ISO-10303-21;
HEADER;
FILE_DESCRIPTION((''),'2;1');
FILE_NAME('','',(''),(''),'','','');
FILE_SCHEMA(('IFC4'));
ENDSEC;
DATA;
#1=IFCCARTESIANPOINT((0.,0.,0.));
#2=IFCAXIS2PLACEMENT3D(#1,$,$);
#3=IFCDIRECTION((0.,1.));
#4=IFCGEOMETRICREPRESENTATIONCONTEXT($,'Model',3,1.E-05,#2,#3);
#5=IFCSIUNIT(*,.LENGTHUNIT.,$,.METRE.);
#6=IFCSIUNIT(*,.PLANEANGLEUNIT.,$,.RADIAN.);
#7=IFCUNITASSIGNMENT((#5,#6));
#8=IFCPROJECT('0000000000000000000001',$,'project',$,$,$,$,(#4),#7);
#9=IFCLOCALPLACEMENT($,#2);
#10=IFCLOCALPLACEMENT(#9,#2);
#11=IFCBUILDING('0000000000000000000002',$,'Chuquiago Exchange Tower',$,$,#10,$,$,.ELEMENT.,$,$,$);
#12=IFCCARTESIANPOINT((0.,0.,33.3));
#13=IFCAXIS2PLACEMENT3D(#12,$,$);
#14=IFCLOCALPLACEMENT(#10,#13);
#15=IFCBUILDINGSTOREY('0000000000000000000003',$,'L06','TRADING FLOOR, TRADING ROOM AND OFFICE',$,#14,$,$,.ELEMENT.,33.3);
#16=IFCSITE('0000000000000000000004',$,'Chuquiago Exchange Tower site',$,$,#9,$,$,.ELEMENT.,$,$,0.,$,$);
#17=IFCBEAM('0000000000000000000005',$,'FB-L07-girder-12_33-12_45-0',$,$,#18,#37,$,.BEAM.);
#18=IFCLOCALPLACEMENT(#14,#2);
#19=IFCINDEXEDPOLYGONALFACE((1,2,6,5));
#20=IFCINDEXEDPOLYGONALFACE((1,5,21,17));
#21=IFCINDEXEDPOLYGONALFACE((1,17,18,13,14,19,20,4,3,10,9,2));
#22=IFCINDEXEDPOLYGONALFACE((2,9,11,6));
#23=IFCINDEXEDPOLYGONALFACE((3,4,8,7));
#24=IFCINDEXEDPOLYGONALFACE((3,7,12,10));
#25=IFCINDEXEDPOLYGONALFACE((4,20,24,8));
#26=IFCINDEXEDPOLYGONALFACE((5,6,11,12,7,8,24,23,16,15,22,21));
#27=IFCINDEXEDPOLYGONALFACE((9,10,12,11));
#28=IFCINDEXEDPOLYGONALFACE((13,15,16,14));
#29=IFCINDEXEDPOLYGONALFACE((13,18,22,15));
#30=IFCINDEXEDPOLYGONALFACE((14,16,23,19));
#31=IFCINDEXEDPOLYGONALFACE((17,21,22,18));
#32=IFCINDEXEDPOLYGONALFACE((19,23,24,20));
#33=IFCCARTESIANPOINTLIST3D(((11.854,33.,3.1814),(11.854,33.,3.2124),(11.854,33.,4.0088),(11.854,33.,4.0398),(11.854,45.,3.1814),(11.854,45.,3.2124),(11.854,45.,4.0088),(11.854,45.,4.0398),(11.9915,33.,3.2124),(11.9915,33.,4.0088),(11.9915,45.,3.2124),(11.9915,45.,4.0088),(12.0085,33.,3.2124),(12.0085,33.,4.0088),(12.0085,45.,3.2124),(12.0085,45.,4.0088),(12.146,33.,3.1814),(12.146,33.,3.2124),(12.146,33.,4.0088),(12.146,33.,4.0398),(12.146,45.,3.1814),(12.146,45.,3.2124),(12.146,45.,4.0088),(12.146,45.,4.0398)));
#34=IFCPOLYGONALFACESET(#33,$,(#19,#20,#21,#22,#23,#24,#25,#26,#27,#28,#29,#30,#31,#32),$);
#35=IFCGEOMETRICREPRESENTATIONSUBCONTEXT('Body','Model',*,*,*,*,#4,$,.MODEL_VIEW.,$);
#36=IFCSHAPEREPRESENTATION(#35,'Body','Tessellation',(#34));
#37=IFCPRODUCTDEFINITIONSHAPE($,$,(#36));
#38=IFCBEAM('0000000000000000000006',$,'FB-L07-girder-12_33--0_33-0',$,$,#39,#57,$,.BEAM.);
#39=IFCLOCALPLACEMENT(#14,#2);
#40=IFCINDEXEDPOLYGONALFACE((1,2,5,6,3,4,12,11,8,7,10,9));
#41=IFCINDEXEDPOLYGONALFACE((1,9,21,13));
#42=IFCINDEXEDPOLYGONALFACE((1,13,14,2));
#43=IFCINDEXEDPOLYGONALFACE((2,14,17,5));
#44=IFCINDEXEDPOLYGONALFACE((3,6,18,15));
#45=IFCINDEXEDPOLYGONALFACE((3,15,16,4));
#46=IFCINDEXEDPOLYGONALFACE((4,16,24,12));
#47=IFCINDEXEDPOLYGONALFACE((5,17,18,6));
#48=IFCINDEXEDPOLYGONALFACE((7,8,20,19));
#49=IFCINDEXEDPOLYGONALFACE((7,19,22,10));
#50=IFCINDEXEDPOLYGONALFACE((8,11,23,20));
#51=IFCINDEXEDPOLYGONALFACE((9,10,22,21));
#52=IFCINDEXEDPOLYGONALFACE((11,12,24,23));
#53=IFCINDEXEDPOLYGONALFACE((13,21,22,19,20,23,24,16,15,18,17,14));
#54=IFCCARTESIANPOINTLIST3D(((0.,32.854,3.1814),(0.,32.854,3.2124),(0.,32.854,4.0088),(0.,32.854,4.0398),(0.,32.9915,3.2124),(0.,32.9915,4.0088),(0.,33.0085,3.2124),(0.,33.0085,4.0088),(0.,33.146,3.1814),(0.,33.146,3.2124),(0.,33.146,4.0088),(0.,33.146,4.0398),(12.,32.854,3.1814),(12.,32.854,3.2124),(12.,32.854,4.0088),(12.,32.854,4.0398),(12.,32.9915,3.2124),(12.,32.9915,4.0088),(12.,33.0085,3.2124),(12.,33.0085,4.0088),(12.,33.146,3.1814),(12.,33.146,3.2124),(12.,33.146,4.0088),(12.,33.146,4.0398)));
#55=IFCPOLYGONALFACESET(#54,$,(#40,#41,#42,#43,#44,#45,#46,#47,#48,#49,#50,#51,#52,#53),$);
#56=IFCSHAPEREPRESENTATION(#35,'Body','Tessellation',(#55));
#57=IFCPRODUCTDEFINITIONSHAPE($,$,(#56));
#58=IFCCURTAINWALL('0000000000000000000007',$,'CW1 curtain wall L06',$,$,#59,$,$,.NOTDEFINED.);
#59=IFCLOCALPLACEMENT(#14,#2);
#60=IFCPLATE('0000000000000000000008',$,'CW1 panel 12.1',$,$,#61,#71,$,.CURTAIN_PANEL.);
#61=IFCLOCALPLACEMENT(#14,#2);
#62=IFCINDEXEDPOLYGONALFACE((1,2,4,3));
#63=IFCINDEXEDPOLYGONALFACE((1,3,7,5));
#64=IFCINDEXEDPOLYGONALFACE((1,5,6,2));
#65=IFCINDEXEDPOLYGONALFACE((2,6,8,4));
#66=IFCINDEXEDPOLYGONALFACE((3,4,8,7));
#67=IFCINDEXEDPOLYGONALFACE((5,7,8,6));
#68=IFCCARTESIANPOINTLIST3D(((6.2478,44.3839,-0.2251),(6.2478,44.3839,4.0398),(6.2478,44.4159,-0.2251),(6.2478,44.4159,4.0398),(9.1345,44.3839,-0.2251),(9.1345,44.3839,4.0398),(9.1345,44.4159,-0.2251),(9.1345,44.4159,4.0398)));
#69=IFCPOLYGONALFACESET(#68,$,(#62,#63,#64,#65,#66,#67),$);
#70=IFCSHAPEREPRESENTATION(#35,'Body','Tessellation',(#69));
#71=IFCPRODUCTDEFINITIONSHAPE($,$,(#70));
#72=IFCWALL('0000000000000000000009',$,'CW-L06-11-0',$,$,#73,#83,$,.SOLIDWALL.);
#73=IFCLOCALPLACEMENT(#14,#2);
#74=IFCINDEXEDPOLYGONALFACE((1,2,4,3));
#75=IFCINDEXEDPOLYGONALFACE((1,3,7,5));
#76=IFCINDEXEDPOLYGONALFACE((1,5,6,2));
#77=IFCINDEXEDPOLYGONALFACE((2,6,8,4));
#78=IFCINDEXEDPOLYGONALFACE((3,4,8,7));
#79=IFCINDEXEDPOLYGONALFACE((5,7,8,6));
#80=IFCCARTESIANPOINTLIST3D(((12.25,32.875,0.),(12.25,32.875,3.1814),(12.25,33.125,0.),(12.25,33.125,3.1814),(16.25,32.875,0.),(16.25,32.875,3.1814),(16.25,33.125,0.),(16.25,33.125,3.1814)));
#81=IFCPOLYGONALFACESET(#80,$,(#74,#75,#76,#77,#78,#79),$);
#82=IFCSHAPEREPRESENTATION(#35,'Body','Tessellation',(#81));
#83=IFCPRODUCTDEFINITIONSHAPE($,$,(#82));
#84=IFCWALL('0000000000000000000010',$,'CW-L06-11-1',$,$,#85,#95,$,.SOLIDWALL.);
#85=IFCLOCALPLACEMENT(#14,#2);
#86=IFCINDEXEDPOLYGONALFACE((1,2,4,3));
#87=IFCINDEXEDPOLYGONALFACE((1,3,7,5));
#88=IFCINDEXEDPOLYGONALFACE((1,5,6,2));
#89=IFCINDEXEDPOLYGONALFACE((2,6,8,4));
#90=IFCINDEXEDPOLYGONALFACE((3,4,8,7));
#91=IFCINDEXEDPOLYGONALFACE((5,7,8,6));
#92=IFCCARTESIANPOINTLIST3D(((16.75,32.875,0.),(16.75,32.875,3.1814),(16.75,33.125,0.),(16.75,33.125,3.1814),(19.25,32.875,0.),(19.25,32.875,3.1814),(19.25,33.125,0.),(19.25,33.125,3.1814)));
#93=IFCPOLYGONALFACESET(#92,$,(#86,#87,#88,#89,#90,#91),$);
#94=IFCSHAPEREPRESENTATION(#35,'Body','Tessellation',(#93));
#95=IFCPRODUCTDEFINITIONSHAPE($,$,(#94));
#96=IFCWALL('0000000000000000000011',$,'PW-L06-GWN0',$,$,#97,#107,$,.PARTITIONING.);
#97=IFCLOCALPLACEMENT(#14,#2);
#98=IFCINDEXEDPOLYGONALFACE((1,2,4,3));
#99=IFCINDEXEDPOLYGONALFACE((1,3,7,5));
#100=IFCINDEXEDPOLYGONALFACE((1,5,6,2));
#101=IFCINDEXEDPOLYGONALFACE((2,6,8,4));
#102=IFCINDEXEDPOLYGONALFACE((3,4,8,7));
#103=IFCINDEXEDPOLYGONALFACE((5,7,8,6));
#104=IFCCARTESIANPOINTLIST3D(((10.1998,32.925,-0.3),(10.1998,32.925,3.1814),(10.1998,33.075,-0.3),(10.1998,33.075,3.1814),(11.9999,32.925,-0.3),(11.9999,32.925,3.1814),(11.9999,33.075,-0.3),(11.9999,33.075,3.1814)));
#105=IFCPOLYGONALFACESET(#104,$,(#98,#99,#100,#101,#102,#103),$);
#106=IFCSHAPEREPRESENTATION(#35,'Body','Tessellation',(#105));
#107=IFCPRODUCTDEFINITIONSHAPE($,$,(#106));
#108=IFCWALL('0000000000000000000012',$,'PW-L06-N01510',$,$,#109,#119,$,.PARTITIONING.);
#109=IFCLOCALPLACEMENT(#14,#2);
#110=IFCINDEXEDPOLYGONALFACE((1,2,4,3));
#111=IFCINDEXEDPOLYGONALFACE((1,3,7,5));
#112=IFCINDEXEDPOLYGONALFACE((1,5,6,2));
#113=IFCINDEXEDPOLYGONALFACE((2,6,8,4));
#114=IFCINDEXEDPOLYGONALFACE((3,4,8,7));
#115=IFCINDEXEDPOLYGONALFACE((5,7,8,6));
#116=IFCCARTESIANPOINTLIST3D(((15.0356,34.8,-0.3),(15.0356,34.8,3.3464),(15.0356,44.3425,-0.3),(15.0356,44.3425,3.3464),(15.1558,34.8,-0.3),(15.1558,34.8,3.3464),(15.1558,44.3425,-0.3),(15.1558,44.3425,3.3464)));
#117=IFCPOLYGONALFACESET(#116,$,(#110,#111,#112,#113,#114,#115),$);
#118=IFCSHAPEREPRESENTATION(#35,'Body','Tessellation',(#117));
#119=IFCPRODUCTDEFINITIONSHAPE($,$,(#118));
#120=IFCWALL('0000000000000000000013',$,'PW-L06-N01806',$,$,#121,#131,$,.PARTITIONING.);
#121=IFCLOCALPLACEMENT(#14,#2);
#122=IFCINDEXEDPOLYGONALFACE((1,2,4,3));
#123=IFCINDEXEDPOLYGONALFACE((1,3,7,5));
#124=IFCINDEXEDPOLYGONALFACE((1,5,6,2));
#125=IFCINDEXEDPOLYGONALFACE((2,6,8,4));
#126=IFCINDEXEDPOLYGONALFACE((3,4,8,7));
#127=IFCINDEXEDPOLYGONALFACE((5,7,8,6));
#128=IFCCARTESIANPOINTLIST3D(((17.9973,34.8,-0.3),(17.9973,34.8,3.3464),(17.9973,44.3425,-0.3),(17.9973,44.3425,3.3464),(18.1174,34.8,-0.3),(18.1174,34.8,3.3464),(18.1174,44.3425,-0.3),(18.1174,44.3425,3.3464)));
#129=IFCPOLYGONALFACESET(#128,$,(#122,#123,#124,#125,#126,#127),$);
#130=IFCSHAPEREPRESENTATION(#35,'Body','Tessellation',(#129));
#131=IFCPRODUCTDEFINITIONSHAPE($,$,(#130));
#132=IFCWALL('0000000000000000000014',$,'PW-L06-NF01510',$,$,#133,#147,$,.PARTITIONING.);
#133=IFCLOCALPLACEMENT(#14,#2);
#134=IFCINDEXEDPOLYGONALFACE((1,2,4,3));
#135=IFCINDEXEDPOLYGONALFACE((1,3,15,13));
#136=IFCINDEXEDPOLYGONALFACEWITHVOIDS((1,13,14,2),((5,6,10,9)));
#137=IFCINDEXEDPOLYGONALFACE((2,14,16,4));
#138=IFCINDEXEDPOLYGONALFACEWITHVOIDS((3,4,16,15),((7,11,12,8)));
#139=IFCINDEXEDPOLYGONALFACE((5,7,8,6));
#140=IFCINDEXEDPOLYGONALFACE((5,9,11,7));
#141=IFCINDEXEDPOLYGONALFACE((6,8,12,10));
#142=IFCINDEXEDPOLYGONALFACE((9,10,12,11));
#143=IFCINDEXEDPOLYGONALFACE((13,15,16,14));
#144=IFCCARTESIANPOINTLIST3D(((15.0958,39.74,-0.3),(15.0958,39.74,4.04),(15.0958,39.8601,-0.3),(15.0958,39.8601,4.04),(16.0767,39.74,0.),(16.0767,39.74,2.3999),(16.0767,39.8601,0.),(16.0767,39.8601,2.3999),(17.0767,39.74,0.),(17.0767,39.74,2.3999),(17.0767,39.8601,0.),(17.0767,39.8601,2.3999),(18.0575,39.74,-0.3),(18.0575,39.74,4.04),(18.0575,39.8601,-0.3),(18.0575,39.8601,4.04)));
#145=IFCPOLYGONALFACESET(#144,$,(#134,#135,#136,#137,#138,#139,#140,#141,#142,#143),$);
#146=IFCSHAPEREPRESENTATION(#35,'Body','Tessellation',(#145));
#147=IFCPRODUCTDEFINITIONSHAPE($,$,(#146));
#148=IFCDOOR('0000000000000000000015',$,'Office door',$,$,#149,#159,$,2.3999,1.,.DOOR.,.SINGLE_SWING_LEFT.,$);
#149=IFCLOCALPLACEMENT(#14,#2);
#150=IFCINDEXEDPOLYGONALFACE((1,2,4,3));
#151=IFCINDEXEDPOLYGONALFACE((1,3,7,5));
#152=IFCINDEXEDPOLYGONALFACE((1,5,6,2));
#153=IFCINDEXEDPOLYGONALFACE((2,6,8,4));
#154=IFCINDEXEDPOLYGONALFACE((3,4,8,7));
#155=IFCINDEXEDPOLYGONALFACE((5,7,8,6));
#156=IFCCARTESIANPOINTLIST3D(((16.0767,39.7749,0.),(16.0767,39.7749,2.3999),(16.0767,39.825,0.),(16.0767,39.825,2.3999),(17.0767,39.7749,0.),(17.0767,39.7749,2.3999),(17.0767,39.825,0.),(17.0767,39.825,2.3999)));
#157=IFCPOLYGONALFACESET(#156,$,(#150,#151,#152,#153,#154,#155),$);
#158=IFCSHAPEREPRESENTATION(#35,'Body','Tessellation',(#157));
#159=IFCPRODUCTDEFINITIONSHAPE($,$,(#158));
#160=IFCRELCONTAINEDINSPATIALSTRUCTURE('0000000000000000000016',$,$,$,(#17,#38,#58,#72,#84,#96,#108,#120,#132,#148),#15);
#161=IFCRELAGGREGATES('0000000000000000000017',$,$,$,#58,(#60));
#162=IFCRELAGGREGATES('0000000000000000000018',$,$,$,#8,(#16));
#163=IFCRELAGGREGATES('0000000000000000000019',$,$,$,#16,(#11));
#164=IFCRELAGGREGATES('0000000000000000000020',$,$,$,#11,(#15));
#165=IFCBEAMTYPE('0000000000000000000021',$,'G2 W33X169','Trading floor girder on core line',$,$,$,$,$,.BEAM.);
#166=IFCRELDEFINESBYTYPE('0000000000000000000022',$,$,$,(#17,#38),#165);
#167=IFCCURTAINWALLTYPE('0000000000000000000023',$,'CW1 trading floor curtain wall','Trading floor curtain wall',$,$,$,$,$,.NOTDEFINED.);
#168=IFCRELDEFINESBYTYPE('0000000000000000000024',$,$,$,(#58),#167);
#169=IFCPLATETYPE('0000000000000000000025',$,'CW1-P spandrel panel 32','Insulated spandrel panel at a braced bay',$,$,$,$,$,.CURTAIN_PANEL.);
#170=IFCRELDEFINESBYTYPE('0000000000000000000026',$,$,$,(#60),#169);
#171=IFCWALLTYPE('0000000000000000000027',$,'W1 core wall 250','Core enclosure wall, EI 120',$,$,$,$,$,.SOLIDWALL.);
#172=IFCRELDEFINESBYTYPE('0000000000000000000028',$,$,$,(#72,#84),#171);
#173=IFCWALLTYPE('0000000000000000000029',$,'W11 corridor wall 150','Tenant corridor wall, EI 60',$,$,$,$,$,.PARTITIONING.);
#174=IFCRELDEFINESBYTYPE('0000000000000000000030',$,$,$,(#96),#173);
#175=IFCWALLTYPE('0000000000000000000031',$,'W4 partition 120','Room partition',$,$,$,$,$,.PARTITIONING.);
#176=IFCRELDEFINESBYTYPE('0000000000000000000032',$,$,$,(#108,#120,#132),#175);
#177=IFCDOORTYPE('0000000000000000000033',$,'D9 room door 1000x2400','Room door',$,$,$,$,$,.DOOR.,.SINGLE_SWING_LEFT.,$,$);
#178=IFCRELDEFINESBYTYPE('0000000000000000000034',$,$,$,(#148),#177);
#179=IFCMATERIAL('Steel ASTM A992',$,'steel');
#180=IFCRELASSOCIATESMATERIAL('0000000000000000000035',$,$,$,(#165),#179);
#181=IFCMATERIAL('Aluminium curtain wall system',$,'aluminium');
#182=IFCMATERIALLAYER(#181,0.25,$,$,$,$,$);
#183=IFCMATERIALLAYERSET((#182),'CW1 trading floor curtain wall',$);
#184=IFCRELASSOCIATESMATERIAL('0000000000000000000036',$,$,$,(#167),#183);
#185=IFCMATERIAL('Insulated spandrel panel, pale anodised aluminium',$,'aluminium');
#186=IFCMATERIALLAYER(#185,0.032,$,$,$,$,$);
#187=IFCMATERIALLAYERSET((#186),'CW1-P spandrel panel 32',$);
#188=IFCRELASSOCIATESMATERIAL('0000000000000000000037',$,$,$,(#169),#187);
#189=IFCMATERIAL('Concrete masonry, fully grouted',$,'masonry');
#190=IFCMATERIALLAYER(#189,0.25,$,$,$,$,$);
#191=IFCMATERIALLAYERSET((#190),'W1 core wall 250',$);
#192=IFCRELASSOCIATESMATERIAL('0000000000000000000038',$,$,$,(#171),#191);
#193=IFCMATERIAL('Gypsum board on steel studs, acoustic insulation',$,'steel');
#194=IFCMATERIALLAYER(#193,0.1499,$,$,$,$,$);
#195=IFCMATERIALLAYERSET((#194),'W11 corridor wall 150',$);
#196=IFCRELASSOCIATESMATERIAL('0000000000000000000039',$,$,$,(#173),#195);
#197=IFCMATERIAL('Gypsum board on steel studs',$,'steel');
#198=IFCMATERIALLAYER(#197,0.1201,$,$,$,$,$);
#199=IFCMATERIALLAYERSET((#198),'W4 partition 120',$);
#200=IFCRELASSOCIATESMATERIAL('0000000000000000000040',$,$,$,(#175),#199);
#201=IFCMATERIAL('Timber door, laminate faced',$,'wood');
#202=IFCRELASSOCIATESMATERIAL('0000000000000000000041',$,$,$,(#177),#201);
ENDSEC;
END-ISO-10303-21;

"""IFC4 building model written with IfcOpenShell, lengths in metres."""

from ifc_helpers import new_model, si_unit, direction, frame, frame_2d, origin, origin_2d, place, context, subcontext, project, spatial, rectangle, i_section, extrude, material, layer, layer_set, material_profile, profile_set, type_object, element, fill, aggregate, save


model = new_model("IFC4")

# Units and contexts
model_context = context("Model", 3, precision=1e-05, world=origin(), true_north=direction((0.0, 1.0)))
body_context = subcontext(model_context, "Body", "Model", "MODEL_VIEW")
ifc_project = project(units=[si_unit("LENGTHUNIT", "METRE"), si_unit("PLANEANGLEUNIT", "RADIAN")], contexts=[model_context])

# Site, building, storey
site_placement = place(None, origin())
site = spatial("IfcSite", under=ifc_project, at=site_placement, Name="Chuquiago Exchange Tower site", CompositionType="ELEMENT", RefElevation=0.0)
building_placement = place(site_placement, origin())
building = spatial("IfcBuilding", under=site, at=building_placement, Name="Chuquiago Exchange Tower", CompositionType="ELEMENT")
storey_placement = place(building_placement, frame((0.0, 0.0, 33.3)))
storey = spatial("IfcBuildingStorey", under=building, at=storey_placement, Name="L06", Description="TRADING FLOOR, TRADING ROOM AND OFFICE", CompositionType="ELEMENT", Elevation=33.3)

# Beams
ifc_material_1 = material(Name="Steel ASTM A992", Category="steel")
ifc_material_profile_1 = material_profile(ifc_material_1, i_section(OverallWidth=0.292, OverallDepth=0.8584, WebThickness=0.0171, FlangeThickness=0.031, at=origin_2d()), Name="W33X169")
ifc_profile_set_1 = profile_set([ifc_material_profile_1], Name="Steel ASTM A992")
beam_type_1 = type_object("IfcBeamType", Name="G2 W33X169", Description="Trading floor girder on core line", PredefinedType="BEAM", material=ifc_profile_set_1)
for number, where, z_axis, x_axis, name in (
    (1, (12.0, 33.0, 3.6106), (0.0, 1.0, 0.0), (-1.0, 0.0, 0.0), "FB-L07-girder-12_33-12_45-0"),
    (2, (12.0, 33.0, 3.6106), (-1.0, 0.0, 0.0), (0.0, -1.0, 0.0), "FB-L07-girder-12_33--0_33-0"),
):
    element("IfcBeam", number, at=place(storey_placement, frame(where, z_axis=z_axis, x_axis=x_axis)), inside=storey, type_object=beam_type_1, Name=name, PredefinedType="BEAM", context=body_context, shape_type="SweptSolid", body=[
        extrude(i_section(OverallWidth=0.292, OverallDepth=0.8584, WebThickness=0.0171, FlangeThickness=0.031, at=origin_2d()), origin(), (0.0, 0.0, 1.0), 12.0),
    ])

# Curtain wall, plate
ifc_material_2 = material(Name="Aluminium curtain wall system", Category="aluminium")
ifc_layer_1 = layer(ifc_material_2, 0.25)
ifc_layer_set_1 = layer_set([ifc_layer_1], Name="CW1 trading floor curtain wall")
curtain_wall_type = type_object("IfcCurtainWallType", Name="CW1 trading floor curtain wall", Description="Trading floor curtain wall", PredefinedType="NOTDEFINED", material=ifc_layer_set_1)
curtain_wall_placement = place(storey_placement, origin())
curtain_wall = element("IfcCurtainWall", 3, at=curtain_wall_placement, inside=storey, type_object=curtain_wall_type, Name="CW1 curtain wall L06", PredefinedType="NOTDEFINED")
ifc_material_3 = material(Name="Insulated spandrel panel, pale anodised aluminium", Category="aluminium")
ifc_layer_2 = layer(ifc_material_3, 0.032)
ifc_layer_set_2 = layer_set([ifc_layer_2], Name="CW1-P spandrel panel 32")
plate_type = type_object("IfcPlateType", Name="CW1-P spandrel panel 32", Description="Insulated spandrel panel at a braced bay", PredefinedType="CURTAIN_PANEL", material=ifc_layer_set_2)
plate_placement = place(storey_placement, frame((7.6912, 44.3999, -0.2251), z_axis=(0.0, 0.0, 1.0), x_axis=(-1.0, 0.0, 0.0)))
plate = element("IfcPlate", 4, at=plate_placement, type_object=plate_type, Name="CW1 panel 12.1", PredefinedType="CURTAIN_PANEL", context=body_context, shape_type="SweptSolid", body=[
    extrude(rectangle(XDim=2.8867, YDim=0.032, at=origin_2d()), origin(), (0.0, 0.0, 1.0), 4.2649),
])
aggregate(curtain_wall, [plate])

# Walls
ifc_material_4 = material(Name="Concrete masonry, fully grouted", Category="masonry")
ifc_layer_3 = layer(ifc_material_4, 0.25)
ifc_layer_set_3 = layer_set([ifc_layer_3], Name="W1 core wall 250")
wall_type_1 = type_object("IfcWallType", Name="W1 core wall 250", Description="Core enclosure wall, EI 120", PredefinedType="SOLIDWALL", material=ifc_layer_set_3)
wall_1_placement = place(storey_placement, frame((12.25, 33.0, 0.0), z_axis=(0.0, 0.0, 1.0), x_axis=(1.0, 0.0, 0.0)))
element("IfcWall", 5, at=wall_1_placement, inside=storey, type_object=wall_type_1, Name="CW-L06-11-0", PredefinedType="SOLIDWALL", context=body_context, shape_type="SweptSolid", body=[
    extrude(rectangle(XDim=4.0, YDim=0.25, at=frame_2d((2.0, 0.0))), origin(), (0.0, 0.0, 1.0), 3.1814),
])
wall_2_placement = place(storey_placement, frame((16.75, 33.0, 0.0), z_axis=(0.0, 0.0, 1.0), x_axis=(1.0, 0.0, 0.0)))
element("IfcWall", 6, at=wall_2_placement, inside=storey, type_object=wall_type_1, Name="CW-L06-11-1", PredefinedType="SOLIDWALL", context=body_context, shape_type="SweptSolid", body=[
    extrude(rectangle(XDim=2.5, YDim=0.25, at=frame_2d((1.25, 0.0))), origin(), (0.0, 0.0, 1.0), 3.1814),
])
ifc_material_5 = material(Name="Gypsum board on steel studs, acoustic insulation", Category="steel")
ifc_layer_4 = layer(ifc_material_5, 0.1499)
ifc_layer_set_4 = layer_set([ifc_layer_4], Name="W11 corridor wall 150")
wall_type_2 = type_object("IfcWallType", Name="W11 corridor wall 150", Description="Tenant corridor wall, EI 60", PredefinedType="PARTITIONING", material=ifc_layer_set_4)
wall_3_placement = place(storey_placement, frame((10.2, 33.0, -0.3), z_axis=(0.0, 0.0, 1.0), x_axis=(1.0, 0.0, 0.0)))
element("IfcWall", 7, at=wall_3_placement, inside=storey, type_object=wall_type_2, Name="PW-L06-GWN0", PredefinedType="PARTITIONING", context=body_context, shape_type="SweptSolid", body=[
    extrude(rectangle(XDim=1.8, YDim=0.1499, at=frame_2d((0.8999, 0.0))), origin(), (0.0, 0.0, 1.0), 3.4814),
])
ifc_material_6 = material(Name="Gypsum board on steel studs", Category="steel")
ifc_layer_5 = layer(ifc_material_6, 0.1201)
ifc_layer_set_5 = layer_set([ifc_layer_5], Name="W4 partition 120")
wall_type_3 = type_object("IfcWallType", Name="W4 partition 120", Description="Room partition", PredefinedType="PARTITIONING", material=ifc_layer_set_5)
for number, where, z_axis, x_axis, name in (
    (8, (15.0957, 44.3425, -0.3), (0.0, 0.0, 1.0), (0.0, -1.0, 0.0), "PW-L06-N01510"),
    (9, (18.0574, 44.3425, -0.3), (0.0, 0.0, 1.0), (0.0, -1.0, 0.0), "PW-L06-N01806"),
):
    element("IfcWall", number, at=place(storey_placement, frame(where, z_axis=z_axis, x_axis=x_axis)), inside=storey, type_object=wall_type_3, Name=name, PredefinedType="PARTITIONING", context=body_context, shape_type="SweptSolid", body=[
        extrude(rectangle(XDim=9.5425, YDim=0.1201, at=frame_2d((4.7712, 0.0))), origin(), (0.0, 0.0, 1.0), 3.6465),
    ])

# Wall, opening, door
wall_4_placement = place(storey_placement, frame((15.0957, 39.8, -0.3), z_axis=(0.0, 0.0, 1.0), x_axis=(1.0, 0.0, 0.0)))
wall_4 = element("IfcWall", 10, at=wall_4_placement, inside=storey, type_object=wall_type_3, Name="PW-L06-NF01510", PredefinedType="PARTITIONING", context=body_context, shape_type="SweptSolid", body=[
    extrude(rectangle(XDim=2.9617, YDim=0.1201, at=frame_2d((1.481, 0.0))), origin(), (0.0, 0.0, 1.0), 4.3401),
])
opening_1_placement = place(wall_4_placement, frame((0.981, 0.0, 0.3)))
opening_1 = element("IfcOpeningElement", 11, at=opening_1_placement, cuts=wall_4, PredefinedType="OPENING", context=body_context, shape_type="SweptSolid", body=[
    extrude(rectangle(XDim=1.0, YDim=2.3999, at=frame_2d((0.5, 1.2))), frame((0.0, 0.0701, 0.0), z_axis=(0.0, -1.0, 0.0), x_axis=(1.0, 0.0, 0.0)), (0.0, 0.0, 1.0), 0.1401),
])
ifc_material_7 = material(Name="Timber door, laminate faced", Category="wood")
door_type = type_object("IfcDoorType", Name="D9 room door 1000x2400", Description="Room door", OperationType="SINGLE_SWING_LEFT", PredefinedType="DOOR", material=ifc_material_7)
door_1_placement = place(opening_1_placement, origin())
door_1 = element("IfcDoor", 12, at=door_1_placement, inside=storey, type_object=door_type, Name="Office door", OperationType="SINGLE_SWING_LEFT", OverallHeight=2.3999, OverallWidth=1.0, PredefinedType="DOOR", context=body_context, shape_type="SweptSolid", body=[
    extrude(rectangle(XDim=1.0, YDim=2.3999, at=frame_2d((0.5, 1.2))), frame((0.0, 0.0249, 0.0), z_axis=(0.0, -1.0, 0.0), x_axis=(1.0, 0.0, 0.0)), (0.0, 0.0, 1.0), 0.05),
])
fill(opening_1, door_1)

save(model, "model.ifc")
